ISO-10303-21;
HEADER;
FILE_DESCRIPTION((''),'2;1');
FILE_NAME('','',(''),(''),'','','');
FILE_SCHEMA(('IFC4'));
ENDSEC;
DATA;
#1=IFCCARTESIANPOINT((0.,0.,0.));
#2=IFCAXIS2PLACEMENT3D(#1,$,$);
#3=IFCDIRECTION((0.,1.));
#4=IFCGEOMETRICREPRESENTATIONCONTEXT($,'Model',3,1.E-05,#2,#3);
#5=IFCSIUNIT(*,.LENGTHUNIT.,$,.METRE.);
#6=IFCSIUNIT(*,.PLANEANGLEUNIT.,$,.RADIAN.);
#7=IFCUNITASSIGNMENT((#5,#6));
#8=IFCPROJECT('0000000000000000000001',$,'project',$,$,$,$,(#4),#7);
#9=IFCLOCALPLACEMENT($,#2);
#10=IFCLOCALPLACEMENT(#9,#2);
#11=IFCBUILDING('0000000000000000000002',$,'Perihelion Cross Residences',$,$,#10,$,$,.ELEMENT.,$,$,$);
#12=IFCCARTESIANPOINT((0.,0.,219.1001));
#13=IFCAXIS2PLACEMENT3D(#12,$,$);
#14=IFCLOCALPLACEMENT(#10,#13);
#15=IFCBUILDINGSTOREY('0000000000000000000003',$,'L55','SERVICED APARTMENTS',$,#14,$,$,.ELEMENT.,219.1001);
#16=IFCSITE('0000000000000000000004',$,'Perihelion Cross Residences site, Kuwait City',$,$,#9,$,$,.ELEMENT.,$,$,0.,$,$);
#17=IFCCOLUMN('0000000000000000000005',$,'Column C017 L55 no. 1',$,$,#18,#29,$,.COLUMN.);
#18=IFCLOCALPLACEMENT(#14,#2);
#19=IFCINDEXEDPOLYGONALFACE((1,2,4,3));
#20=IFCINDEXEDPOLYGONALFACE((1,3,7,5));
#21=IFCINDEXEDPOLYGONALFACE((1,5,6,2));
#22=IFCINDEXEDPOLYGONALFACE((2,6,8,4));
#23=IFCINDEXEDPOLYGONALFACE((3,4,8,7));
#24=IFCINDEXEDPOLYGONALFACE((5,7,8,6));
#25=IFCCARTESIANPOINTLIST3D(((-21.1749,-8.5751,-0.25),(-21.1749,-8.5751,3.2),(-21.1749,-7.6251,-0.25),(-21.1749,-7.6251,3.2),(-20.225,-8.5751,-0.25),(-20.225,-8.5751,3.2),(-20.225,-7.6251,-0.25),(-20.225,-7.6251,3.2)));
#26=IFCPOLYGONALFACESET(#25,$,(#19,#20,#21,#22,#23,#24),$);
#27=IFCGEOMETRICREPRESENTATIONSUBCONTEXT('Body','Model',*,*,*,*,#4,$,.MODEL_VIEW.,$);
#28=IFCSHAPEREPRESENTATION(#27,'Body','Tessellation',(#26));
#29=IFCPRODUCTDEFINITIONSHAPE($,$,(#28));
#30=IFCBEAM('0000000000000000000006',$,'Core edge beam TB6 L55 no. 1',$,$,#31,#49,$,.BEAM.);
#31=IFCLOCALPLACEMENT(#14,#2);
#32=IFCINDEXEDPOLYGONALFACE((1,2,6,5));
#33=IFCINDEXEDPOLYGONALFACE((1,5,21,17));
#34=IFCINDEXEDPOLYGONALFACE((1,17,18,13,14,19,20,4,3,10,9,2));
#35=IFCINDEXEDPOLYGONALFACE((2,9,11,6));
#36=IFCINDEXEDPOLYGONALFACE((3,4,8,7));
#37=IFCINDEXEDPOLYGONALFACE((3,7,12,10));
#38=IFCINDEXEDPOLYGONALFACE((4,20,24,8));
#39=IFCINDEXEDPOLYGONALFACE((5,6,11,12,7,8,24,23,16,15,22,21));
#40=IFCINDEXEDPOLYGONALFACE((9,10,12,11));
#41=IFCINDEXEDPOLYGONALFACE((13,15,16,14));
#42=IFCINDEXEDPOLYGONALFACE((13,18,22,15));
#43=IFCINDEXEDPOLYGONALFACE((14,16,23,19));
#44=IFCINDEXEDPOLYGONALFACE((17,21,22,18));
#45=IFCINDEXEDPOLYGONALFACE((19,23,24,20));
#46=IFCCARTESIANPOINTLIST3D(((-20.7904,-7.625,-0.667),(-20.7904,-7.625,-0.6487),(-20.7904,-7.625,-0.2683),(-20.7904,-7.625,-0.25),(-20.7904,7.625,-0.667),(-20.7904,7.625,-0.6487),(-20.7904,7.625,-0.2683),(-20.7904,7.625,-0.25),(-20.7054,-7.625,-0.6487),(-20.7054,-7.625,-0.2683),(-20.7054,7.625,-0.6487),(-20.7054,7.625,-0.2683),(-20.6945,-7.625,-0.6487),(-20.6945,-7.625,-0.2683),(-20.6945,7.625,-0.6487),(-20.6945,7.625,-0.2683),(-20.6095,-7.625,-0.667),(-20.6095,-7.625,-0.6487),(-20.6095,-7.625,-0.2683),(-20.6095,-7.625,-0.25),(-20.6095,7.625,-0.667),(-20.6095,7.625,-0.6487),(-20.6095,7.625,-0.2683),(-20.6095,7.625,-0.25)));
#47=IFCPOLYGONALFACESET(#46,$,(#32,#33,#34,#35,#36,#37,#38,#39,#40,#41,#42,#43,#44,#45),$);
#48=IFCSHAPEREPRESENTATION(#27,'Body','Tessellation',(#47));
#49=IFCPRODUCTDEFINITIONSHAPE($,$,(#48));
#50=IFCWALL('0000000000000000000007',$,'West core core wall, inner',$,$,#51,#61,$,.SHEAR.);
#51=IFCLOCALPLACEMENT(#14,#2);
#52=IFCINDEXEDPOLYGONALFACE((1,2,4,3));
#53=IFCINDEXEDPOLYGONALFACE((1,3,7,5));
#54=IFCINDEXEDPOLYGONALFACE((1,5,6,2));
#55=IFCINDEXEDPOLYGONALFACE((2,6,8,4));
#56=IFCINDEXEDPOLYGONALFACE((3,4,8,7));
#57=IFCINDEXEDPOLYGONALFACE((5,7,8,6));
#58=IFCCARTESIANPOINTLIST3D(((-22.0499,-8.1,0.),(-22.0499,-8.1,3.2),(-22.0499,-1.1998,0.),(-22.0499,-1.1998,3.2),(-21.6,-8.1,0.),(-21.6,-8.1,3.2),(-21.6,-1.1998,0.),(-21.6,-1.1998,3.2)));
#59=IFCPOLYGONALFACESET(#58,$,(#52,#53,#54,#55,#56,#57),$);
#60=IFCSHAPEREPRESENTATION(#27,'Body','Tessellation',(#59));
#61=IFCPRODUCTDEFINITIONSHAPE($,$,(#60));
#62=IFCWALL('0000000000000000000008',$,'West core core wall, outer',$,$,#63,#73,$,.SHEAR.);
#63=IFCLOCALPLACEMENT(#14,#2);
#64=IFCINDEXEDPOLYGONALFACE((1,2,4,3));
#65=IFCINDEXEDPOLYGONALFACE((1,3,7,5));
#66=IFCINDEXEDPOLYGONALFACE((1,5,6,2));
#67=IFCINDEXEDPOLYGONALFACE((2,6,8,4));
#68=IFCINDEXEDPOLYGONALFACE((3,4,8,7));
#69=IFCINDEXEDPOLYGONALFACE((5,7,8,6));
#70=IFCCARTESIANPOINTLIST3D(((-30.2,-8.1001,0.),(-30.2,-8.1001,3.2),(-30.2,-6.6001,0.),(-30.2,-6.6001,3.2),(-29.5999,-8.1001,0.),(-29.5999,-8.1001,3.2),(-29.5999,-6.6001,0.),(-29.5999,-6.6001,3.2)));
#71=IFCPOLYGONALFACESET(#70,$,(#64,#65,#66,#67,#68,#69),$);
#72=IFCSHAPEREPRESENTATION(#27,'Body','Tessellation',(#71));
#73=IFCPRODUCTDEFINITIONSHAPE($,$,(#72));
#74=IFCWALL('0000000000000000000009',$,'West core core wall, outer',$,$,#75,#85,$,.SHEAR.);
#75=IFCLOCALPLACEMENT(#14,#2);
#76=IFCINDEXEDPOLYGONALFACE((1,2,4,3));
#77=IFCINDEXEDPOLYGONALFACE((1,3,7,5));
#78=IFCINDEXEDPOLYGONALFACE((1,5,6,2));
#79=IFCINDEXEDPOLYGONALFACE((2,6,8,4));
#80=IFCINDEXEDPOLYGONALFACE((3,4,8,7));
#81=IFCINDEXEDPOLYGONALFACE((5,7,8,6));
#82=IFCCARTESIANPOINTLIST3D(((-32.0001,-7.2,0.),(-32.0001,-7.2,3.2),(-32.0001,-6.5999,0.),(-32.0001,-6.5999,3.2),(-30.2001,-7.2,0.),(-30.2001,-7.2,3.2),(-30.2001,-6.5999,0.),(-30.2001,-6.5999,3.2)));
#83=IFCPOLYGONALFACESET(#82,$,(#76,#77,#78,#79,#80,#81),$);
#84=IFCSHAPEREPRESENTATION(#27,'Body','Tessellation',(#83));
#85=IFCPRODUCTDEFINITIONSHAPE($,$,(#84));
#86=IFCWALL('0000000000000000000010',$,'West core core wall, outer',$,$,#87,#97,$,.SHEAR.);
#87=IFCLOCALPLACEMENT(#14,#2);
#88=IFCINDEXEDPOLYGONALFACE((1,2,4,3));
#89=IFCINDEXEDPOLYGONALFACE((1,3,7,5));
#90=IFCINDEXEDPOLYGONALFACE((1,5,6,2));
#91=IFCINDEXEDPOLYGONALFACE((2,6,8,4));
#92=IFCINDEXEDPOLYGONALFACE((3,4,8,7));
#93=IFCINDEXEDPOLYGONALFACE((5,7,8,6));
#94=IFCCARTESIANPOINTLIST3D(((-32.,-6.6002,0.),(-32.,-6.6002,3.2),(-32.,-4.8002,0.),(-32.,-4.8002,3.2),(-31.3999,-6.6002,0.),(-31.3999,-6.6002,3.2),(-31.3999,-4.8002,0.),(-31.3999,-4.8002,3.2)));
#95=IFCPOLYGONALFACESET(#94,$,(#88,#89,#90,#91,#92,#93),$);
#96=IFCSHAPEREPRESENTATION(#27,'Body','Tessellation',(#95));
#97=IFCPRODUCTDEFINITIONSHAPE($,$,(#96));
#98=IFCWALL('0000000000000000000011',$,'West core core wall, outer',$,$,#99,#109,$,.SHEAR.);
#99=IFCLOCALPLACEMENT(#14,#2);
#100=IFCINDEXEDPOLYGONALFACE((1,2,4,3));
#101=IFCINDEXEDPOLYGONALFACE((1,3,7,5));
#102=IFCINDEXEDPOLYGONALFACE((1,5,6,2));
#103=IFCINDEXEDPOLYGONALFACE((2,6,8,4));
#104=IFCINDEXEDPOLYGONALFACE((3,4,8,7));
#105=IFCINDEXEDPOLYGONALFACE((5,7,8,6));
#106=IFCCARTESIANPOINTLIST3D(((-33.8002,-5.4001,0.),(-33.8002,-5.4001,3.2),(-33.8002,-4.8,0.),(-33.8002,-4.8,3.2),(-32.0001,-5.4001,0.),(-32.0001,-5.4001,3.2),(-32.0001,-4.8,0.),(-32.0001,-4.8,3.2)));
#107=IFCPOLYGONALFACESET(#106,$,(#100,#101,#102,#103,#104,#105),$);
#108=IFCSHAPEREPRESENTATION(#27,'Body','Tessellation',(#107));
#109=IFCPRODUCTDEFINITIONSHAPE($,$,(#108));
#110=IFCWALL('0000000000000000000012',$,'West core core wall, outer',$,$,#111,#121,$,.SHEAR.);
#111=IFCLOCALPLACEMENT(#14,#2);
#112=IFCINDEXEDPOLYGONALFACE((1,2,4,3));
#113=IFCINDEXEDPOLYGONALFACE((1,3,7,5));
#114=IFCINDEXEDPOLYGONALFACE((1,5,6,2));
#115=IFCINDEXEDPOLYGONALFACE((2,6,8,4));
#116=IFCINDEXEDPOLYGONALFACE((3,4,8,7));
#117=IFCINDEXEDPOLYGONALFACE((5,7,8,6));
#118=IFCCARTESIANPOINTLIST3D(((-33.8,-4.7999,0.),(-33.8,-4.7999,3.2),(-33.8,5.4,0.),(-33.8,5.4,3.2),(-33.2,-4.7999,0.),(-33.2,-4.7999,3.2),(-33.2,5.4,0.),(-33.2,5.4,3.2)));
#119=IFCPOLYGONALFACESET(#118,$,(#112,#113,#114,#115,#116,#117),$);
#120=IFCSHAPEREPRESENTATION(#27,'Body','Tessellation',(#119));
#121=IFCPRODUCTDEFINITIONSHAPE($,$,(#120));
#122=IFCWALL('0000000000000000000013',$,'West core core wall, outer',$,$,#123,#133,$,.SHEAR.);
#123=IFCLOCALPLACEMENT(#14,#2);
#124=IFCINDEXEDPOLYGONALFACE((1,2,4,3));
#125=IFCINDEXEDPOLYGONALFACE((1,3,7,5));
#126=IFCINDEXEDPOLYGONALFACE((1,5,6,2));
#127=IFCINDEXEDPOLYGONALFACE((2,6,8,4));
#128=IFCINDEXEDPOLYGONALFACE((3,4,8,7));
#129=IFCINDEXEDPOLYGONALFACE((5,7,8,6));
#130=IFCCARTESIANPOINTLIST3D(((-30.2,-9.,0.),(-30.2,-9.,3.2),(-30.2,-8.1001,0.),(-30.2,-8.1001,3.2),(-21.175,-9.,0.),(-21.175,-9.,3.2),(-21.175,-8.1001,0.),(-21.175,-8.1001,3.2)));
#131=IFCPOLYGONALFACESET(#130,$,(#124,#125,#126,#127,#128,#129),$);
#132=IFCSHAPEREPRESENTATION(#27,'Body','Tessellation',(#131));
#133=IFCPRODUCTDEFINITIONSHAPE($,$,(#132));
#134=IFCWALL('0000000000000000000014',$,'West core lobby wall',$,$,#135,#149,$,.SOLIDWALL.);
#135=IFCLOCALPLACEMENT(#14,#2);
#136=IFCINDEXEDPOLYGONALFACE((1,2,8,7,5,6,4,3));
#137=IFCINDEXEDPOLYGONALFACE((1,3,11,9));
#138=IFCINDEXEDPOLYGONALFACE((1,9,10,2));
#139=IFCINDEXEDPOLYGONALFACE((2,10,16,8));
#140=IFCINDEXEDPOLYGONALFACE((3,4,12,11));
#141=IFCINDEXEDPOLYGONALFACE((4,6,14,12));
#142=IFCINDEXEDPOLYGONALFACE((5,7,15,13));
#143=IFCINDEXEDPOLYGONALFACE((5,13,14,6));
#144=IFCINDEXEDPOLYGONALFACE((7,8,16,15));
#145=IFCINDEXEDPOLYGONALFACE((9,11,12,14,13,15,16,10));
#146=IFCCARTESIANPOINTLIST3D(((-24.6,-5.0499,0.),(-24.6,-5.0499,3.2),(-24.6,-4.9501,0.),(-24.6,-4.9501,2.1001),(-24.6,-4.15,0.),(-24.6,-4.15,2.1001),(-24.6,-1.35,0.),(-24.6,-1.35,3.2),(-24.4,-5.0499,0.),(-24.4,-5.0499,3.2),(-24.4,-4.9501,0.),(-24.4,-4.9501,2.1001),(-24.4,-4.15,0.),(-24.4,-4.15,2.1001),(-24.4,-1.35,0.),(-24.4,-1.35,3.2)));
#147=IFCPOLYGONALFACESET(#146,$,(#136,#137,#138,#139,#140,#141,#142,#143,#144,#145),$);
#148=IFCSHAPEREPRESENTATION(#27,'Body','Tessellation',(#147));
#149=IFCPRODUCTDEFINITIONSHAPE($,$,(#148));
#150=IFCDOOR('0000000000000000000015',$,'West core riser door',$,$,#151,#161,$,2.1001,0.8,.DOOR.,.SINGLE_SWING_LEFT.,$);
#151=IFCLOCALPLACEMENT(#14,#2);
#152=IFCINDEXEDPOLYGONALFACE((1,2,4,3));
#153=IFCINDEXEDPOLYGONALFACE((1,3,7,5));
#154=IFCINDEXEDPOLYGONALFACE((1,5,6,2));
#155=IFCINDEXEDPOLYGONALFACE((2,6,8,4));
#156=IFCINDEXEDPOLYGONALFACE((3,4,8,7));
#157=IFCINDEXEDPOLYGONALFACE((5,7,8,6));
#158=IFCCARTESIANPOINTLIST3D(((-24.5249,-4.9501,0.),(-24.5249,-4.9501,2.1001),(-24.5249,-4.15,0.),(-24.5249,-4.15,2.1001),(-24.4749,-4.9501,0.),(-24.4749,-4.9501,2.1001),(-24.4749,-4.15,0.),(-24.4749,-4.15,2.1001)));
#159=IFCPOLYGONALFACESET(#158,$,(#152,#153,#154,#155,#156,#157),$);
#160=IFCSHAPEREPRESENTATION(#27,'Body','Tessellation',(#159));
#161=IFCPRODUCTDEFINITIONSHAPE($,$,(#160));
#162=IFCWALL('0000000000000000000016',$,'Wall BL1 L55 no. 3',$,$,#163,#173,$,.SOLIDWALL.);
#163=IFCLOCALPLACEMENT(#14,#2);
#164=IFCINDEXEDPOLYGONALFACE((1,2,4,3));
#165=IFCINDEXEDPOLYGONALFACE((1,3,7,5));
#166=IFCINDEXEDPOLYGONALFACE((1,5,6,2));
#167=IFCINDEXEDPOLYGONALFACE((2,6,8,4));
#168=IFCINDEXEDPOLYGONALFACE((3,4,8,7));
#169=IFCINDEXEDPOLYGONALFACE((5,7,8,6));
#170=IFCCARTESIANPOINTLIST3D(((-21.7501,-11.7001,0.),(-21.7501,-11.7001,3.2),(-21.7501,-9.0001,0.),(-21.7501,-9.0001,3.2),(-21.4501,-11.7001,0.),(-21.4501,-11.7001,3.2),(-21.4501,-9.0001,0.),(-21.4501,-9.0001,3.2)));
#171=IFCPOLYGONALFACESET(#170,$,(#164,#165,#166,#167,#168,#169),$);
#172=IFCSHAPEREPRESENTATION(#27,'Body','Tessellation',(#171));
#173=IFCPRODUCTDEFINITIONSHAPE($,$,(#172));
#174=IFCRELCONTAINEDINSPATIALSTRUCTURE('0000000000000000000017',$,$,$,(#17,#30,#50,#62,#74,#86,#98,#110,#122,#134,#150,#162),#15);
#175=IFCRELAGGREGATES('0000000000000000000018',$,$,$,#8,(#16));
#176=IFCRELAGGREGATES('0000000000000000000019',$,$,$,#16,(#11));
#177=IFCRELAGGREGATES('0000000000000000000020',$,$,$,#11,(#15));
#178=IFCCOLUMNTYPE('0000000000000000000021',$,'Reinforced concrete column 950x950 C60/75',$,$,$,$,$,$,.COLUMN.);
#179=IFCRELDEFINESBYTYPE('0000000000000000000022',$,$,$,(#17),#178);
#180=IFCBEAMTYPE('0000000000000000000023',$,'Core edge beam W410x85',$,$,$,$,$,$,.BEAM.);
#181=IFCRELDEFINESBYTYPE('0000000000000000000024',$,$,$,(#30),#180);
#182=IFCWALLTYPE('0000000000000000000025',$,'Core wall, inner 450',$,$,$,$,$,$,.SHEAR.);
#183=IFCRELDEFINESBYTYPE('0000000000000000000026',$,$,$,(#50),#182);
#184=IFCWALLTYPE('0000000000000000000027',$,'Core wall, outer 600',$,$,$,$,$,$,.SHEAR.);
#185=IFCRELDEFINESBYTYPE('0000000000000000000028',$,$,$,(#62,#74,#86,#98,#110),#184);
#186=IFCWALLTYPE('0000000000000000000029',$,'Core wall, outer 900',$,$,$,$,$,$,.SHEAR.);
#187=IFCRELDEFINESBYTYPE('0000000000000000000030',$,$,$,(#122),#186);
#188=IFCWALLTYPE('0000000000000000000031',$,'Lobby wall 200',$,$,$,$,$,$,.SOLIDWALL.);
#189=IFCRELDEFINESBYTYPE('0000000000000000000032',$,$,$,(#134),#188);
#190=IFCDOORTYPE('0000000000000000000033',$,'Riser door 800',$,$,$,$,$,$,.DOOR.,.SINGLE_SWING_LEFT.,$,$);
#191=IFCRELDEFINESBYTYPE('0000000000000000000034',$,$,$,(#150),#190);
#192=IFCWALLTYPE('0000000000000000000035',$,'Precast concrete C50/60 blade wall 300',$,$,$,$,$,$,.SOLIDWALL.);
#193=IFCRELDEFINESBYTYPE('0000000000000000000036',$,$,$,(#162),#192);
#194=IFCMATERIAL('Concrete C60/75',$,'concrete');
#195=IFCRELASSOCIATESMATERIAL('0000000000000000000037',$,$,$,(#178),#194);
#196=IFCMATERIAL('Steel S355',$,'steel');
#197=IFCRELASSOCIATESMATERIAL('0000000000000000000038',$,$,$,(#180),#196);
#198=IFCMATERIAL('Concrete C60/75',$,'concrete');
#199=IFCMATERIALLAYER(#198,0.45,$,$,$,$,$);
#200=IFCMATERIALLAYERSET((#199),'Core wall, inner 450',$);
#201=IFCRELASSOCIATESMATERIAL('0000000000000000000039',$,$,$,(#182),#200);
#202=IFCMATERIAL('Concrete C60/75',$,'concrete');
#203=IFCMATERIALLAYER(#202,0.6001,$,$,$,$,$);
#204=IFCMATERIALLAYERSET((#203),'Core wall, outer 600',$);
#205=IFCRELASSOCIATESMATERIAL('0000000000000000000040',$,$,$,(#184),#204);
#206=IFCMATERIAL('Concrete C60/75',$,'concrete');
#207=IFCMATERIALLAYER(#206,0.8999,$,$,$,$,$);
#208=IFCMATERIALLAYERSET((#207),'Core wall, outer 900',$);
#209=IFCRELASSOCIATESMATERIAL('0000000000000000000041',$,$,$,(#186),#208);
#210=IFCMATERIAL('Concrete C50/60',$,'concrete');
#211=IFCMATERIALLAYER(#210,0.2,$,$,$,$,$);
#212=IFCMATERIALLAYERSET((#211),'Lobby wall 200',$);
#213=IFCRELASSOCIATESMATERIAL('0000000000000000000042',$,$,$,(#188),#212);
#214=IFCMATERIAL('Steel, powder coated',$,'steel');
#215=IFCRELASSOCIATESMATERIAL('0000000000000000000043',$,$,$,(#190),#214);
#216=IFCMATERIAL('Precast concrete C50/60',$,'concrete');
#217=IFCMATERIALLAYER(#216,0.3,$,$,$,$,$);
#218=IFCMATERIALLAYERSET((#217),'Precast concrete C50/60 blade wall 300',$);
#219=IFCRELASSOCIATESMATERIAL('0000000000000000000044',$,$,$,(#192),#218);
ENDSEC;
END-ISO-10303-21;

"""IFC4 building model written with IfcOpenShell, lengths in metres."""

from ifc_helpers import new_model, si_unit, direction, frame, frame_2d, origin, origin_2d, place, context, subcontext, project, spatial, rectangle, i_section, extrude, material, layer, layer_set, material_profile, profile_set, type_object, element, fill, save


model = new_model("IFC4")

# Units and contexts
model_context = context("Model", 3, precision=1e-05, world=origin(), true_north=direction((0.0, 1.0)))
body_context = subcontext(model_context, "Body", "Model", "MODEL_VIEW")
ifc_project = project(units=[si_unit("LENGTHUNIT", "METRE"), si_unit("PLANEANGLEUNIT", "RADIAN")], contexts=[model_context])

# Site, building, storey
site_placement = place(None, origin())
site = spatial("IfcSite", under=ifc_project, at=site_placement, Name="Perihelion Cross Residences site, Kuwait City", CompositionType="ELEMENT", RefElevation=0.0)
building_placement = place(site_placement, origin())
building = spatial("IfcBuilding", under=site, at=building_placement, Name="Perihelion Cross Residences", CompositionType="ELEMENT")
storey_placement = place(building_placement, frame((0.0, 0.0, 219.1001)))
storey = spatial("IfcBuildingStorey", under=building, at=storey_placement, Name="L55", Description="SERVICED APARTMENTS", CompositionType="ELEMENT", Elevation=219.1001)

# Column
ifc_material_1 = material(Name="Concrete C60/75", Category="concrete")
ifc_material_profile_1 = material_profile(ifc_material_1, rectangle(XDim=0.95, YDim=0.95, at=origin_2d()), Name="RC 950x950")
ifc_profile_set_1 = profile_set([ifc_material_profile_1], Name="Concrete C60/75")
column_type = type_object("IfcColumnType", Name="Reinforced concrete column 950x950 C60/75", PredefinedType="COLUMN", material=ifc_profile_set_1)
column_placement = place(storey_placement, frame((-20.7, -8.1001, -0.25), z_axis=(0.0, 0.0, 1.0), x_axis=(1.0, 0.0, 0.0)))
element("IfcColumn", 1, at=column_placement, inside=storey, type_object=column_type, Name="Column C017 L55 no. 1", PredefinedType="COLUMN", context=body_context, shape_type="SweptSolid", body=[
    extrude(rectangle(XDim=0.95, YDim=0.95, at=origin_2d()), origin(), (0.0, 0.0, 1.0), 3.45),
])

# Beam
ifc_material_2 = material(Name="Steel S355", Category="steel")
ifc_material_profile_2 = material_profile(ifc_material_2, i_section(OverallWidth=0.1809, OverallDepth=0.417, WebThickness=0.011, FlangeThickness=0.0183, at=origin_2d()), Name="W410x85")
ifc_profile_set_2 = profile_set([ifc_material_profile_2], Name="Steel S355")
beam_type = type_object("IfcBeamType", Name="Core edge beam W410x85", PredefinedType="BEAM", material=ifc_profile_set_2)
beam_placement = place(storey_placement, frame((-20.7, -7.625, -0.4585), z_axis=(0.0, 1.0, 0.0), x_axis=(-1.0, 0.0, 0.0)))
element("IfcBeam", 2, at=beam_placement, inside=storey, type_object=beam_type, Name="Core edge beam TB6 L55 no. 1", PredefinedType="BEAM", context=body_context, shape_type="SweptSolid", body=[
    extrude(i_section(OverallWidth=0.1809, OverallDepth=0.417, WebThickness=0.011, FlangeThickness=0.0183, at=origin_2d()), origin(), (0.0, 0.0, 1.0), 15.25),
])

# Walls
ifc_material_3 = material(Name="Concrete C60/75", Category="concrete")
ifc_layer_1 = layer(ifc_material_3, 0.45)
ifc_layer_set_1 = layer_set([ifc_layer_1], Name="Core wall, inner 450")
wall_type_1 = type_object("IfcWallType", Name="Core wall, inner 450", PredefinedType="SHEAR", material=ifc_layer_set_1)
wall_1_placement = place(storey_placement, frame((-21.825, -8.1001, 0.0), z_axis=(0.0, 0.0, 1.0), x_axis=(0.0, 1.0, 0.0)))
element("IfcWall", 3, at=wall_1_placement, inside=storey, type_object=wall_type_1, Name="West core core wall, inner", PredefinedType="SHEAR", context=body_context, shape_type="SweptSolid", body=[
    extrude(rectangle(XDim=6.9001, YDim=0.45, at=frame_2d((3.4502, 0.0))), origin(), (0.0, 0.0, 1.0), 3.2),
])
ifc_material_4 = material(Name="Concrete C60/75", Category="concrete")
ifc_layer_2 = layer(ifc_material_4, 0.6001)
ifc_layer_set_2 = layer_set([ifc_layer_2], Name="Core wall, outer 600")
wall_type_2 = type_object("IfcWallType", Name="Core wall, outer 600", PredefinedType="SHEAR", material=ifc_layer_set_2)
wall_2_placement = place(storey_placement, frame((-29.8999, -8.1001, 0.0), z_axis=(0.0, 0.0, 1.0), x_axis=(0.0, 1.0, 0.0)))
element("IfcWall", 4, at=wall_2_placement, inside=storey, type_object=wall_type_2, Name="West core core wall, outer", PredefinedType="SHEAR", context=body_context, shape_type="SweptSolid", body=[
    extrude(rectangle(XDim=1.5, YDim=0.6001, at=frame_2d((0.75, 0.0))), origin(), (0.0, 0.0, 1.0), 3.2),
])
for number, where, z_axis, x_axis, name in (
    (5, (-32.0, -6.8999, 0.0), (0.0, 0.0, 1.0), (1.0, 0.0, 0.0), "West core core wall, outer"),
    (6, (-31.7, -6.6001, 0.0), (0.0, 0.0, 1.0), (0.0, 1.0, 0.0), "West core core wall, outer"),
    (7, (-33.8, -5.1001, 0.0), (0.0, 0.0, 1.0), (1.0, 0.0, 0.0), "West core core wall, outer"),
):
    element("IfcWall", number, at=place(storey_placement, frame(where, z_axis=z_axis, x_axis=x_axis)), inside=storey, type_object=wall_type_2, Name=name, PredefinedType="SHEAR", context=body_context, shape_type="SweptSolid", body=[
        extrude(rectangle(XDim=1.8, YDim=0.6001, at=frame_2d((0.8999, 0.0))), origin(), (0.0, 0.0, 1.0), 3.2),
    ])
wall_3_placement = place(storey_placement, frame((-33.5, -4.8, 0.0), z_axis=(0.0, 0.0, 1.0), x_axis=(0.0, 1.0, 0.0)))
element("IfcWall", 8, at=wall_3_placement, inside=storey, type_object=wall_type_2, Name="West core core wall, outer", PredefinedType="SHEAR", context=body_context, shape_type="SweptSolid", body=[
    extrude(rectangle(XDim=10.2, YDim=0.6001, at=frame_2d((5.1001, 0.0))), origin(), (0.0, 0.0, 1.0), 3.2),
])
ifc_material_5 = material(Name="Concrete C60/75", Category="concrete")
ifc_layer_3 = layer(ifc_material_5, 0.8999)
ifc_layer_set_3 = layer_set([ifc_layer_3], Name="Core wall, outer 900")
wall_type_3 = type_object("IfcWallType", Name="Core wall, outer 900", PredefinedType="SHEAR", material=ifc_layer_set_3)
wall_4_placement = place(storey_placement, frame((-30.2, -8.55, 0.0), z_axis=(0.0, 0.0, 1.0), x_axis=(1.0, 0.0, 0.0)))
element("IfcWall", 9, at=wall_4_placement, inside=storey, type_object=wall_type_3, Name="West core core wall, outer", PredefinedType="SHEAR", context=body_context, shape_type="SweptSolid", body=[
    extrude(rectangle(XDim=9.0249, YDim=0.8999, at=frame_2d((4.5125, 0.0))), origin(), (0.0, 0.0, 1.0), 3.2),
])

# Wall, opening, door
ifc_material_6 = material(Name="Concrete C50/60", Category="concrete")
ifc_layer_4 = layer(ifc_material_6, 0.2)
ifc_layer_set_4 = layer_set([ifc_layer_4], Name="Lobby wall 200")
wall_type_4 = type_object("IfcWallType", Name="Lobby wall 200", PredefinedType="SOLIDWALL", material=ifc_layer_set_4)
wall_5_placement = place(storey_placement, frame((-24.5, -5.05, 0.0), z_axis=(0.0, 0.0, 1.0), x_axis=(0.0, 1.0, 0.0)))
wall_5 = element("IfcWall", 10, at=wall_5_placement, inside=storey, type_object=wall_type_4, Name="West core lobby wall", PredefinedType="SOLIDWALL", context=body_context, shape_type="SweptSolid", body=[
    extrude(rectangle(XDim=3.7, YDim=0.2, at=frame_2d((1.8501, 0.0))), origin(), (0.0, 0.0, 1.0), 3.2),
])
opening_1_placement = place(wall_5_placement, frame((0.1001, 0.0, 0.0)))
opening_1 = element("IfcOpeningElement", 11, at=opening_1_placement, cuts=wall_5, PredefinedType="OPENING", context=body_context, shape_type="SweptSolid", body=[
    extrude(rectangle(XDim=0.8, YDim=2.1001, at=frame_2d((0.3999, 1.05))), frame((0.0, 0.1099, 0.0), z_axis=(0.0, -1.0, 0.0), x_axis=(1.0, 0.0, 0.0)), (0.0, 0.0, 1.0), 0.22),
])
ifc_material_7 = material(Name="Steel, powder coated", Category="steel")
door_type_1 = type_object("IfcDoorType", Name="Riser door 800", OperationType="SINGLE_SWING_LEFT", PredefinedType="DOOR", material=ifc_material_7)
door_1_placement = place(opening_1_placement, origin())
door_1 = element("IfcDoor", 12, at=door_1_placement, inside=storey, type_object=door_type_1, Name="West core riser door", OperationType="SINGLE_SWING_LEFT", OverallHeight=2.1001, OverallWidth=0.8, PredefinedType="DOOR", context=body_context, shape_type="SweptSolid", body=[
    extrude(rectangle(XDim=0.8, YDim=2.1001, at=frame_2d((0.3999, 1.05))), frame((0.0, 0.0249, 0.0), z_axis=(0.0, -1.0, 0.0), x_axis=(1.0, 0.0, 0.0)), (0.0, 0.0, 1.0), 0.05),
])
fill(opening_1, door_1)

# Wall
ifc_material_8 = material(Name="Precast concrete C50/60", Category="concrete")
ifc_layer_5 = layer(ifc_material_8, 0.3)
ifc_layer_set_5 = layer_set([ifc_layer_5], Name="Precast concrete C50/60 blade wall 300")
wall_type_5 = type_object("IfcWallType", Name="Precast concrete C50/60 blade wall 300", PredefinedType="SOLIDWALL", material=ifc_layer_set_5)
wall_6_placement = place(storey_placement, frame((-21.6001, -9.0, 0.0), z_axis=(0.0, 0.0, 1.0), x_axis=(0.0, -1.0, 0.0)))
element("IfcWall", 13, at=wall_6_placement, inside=storey, type_object=wall_type_5, Name="Wall BL1 L55 no. 3", PredefinedType="SOLIDWALL", context=body_context, shape_type="SweptSolid", body=[
    extrude(rectangle(XDim=2.7, YDim=0.3, at=frame_2d((1.3501, 0.0))), origin(), (0.0, 0.0, 1.0), 3.2),
])

save(model, "model.ifc")
